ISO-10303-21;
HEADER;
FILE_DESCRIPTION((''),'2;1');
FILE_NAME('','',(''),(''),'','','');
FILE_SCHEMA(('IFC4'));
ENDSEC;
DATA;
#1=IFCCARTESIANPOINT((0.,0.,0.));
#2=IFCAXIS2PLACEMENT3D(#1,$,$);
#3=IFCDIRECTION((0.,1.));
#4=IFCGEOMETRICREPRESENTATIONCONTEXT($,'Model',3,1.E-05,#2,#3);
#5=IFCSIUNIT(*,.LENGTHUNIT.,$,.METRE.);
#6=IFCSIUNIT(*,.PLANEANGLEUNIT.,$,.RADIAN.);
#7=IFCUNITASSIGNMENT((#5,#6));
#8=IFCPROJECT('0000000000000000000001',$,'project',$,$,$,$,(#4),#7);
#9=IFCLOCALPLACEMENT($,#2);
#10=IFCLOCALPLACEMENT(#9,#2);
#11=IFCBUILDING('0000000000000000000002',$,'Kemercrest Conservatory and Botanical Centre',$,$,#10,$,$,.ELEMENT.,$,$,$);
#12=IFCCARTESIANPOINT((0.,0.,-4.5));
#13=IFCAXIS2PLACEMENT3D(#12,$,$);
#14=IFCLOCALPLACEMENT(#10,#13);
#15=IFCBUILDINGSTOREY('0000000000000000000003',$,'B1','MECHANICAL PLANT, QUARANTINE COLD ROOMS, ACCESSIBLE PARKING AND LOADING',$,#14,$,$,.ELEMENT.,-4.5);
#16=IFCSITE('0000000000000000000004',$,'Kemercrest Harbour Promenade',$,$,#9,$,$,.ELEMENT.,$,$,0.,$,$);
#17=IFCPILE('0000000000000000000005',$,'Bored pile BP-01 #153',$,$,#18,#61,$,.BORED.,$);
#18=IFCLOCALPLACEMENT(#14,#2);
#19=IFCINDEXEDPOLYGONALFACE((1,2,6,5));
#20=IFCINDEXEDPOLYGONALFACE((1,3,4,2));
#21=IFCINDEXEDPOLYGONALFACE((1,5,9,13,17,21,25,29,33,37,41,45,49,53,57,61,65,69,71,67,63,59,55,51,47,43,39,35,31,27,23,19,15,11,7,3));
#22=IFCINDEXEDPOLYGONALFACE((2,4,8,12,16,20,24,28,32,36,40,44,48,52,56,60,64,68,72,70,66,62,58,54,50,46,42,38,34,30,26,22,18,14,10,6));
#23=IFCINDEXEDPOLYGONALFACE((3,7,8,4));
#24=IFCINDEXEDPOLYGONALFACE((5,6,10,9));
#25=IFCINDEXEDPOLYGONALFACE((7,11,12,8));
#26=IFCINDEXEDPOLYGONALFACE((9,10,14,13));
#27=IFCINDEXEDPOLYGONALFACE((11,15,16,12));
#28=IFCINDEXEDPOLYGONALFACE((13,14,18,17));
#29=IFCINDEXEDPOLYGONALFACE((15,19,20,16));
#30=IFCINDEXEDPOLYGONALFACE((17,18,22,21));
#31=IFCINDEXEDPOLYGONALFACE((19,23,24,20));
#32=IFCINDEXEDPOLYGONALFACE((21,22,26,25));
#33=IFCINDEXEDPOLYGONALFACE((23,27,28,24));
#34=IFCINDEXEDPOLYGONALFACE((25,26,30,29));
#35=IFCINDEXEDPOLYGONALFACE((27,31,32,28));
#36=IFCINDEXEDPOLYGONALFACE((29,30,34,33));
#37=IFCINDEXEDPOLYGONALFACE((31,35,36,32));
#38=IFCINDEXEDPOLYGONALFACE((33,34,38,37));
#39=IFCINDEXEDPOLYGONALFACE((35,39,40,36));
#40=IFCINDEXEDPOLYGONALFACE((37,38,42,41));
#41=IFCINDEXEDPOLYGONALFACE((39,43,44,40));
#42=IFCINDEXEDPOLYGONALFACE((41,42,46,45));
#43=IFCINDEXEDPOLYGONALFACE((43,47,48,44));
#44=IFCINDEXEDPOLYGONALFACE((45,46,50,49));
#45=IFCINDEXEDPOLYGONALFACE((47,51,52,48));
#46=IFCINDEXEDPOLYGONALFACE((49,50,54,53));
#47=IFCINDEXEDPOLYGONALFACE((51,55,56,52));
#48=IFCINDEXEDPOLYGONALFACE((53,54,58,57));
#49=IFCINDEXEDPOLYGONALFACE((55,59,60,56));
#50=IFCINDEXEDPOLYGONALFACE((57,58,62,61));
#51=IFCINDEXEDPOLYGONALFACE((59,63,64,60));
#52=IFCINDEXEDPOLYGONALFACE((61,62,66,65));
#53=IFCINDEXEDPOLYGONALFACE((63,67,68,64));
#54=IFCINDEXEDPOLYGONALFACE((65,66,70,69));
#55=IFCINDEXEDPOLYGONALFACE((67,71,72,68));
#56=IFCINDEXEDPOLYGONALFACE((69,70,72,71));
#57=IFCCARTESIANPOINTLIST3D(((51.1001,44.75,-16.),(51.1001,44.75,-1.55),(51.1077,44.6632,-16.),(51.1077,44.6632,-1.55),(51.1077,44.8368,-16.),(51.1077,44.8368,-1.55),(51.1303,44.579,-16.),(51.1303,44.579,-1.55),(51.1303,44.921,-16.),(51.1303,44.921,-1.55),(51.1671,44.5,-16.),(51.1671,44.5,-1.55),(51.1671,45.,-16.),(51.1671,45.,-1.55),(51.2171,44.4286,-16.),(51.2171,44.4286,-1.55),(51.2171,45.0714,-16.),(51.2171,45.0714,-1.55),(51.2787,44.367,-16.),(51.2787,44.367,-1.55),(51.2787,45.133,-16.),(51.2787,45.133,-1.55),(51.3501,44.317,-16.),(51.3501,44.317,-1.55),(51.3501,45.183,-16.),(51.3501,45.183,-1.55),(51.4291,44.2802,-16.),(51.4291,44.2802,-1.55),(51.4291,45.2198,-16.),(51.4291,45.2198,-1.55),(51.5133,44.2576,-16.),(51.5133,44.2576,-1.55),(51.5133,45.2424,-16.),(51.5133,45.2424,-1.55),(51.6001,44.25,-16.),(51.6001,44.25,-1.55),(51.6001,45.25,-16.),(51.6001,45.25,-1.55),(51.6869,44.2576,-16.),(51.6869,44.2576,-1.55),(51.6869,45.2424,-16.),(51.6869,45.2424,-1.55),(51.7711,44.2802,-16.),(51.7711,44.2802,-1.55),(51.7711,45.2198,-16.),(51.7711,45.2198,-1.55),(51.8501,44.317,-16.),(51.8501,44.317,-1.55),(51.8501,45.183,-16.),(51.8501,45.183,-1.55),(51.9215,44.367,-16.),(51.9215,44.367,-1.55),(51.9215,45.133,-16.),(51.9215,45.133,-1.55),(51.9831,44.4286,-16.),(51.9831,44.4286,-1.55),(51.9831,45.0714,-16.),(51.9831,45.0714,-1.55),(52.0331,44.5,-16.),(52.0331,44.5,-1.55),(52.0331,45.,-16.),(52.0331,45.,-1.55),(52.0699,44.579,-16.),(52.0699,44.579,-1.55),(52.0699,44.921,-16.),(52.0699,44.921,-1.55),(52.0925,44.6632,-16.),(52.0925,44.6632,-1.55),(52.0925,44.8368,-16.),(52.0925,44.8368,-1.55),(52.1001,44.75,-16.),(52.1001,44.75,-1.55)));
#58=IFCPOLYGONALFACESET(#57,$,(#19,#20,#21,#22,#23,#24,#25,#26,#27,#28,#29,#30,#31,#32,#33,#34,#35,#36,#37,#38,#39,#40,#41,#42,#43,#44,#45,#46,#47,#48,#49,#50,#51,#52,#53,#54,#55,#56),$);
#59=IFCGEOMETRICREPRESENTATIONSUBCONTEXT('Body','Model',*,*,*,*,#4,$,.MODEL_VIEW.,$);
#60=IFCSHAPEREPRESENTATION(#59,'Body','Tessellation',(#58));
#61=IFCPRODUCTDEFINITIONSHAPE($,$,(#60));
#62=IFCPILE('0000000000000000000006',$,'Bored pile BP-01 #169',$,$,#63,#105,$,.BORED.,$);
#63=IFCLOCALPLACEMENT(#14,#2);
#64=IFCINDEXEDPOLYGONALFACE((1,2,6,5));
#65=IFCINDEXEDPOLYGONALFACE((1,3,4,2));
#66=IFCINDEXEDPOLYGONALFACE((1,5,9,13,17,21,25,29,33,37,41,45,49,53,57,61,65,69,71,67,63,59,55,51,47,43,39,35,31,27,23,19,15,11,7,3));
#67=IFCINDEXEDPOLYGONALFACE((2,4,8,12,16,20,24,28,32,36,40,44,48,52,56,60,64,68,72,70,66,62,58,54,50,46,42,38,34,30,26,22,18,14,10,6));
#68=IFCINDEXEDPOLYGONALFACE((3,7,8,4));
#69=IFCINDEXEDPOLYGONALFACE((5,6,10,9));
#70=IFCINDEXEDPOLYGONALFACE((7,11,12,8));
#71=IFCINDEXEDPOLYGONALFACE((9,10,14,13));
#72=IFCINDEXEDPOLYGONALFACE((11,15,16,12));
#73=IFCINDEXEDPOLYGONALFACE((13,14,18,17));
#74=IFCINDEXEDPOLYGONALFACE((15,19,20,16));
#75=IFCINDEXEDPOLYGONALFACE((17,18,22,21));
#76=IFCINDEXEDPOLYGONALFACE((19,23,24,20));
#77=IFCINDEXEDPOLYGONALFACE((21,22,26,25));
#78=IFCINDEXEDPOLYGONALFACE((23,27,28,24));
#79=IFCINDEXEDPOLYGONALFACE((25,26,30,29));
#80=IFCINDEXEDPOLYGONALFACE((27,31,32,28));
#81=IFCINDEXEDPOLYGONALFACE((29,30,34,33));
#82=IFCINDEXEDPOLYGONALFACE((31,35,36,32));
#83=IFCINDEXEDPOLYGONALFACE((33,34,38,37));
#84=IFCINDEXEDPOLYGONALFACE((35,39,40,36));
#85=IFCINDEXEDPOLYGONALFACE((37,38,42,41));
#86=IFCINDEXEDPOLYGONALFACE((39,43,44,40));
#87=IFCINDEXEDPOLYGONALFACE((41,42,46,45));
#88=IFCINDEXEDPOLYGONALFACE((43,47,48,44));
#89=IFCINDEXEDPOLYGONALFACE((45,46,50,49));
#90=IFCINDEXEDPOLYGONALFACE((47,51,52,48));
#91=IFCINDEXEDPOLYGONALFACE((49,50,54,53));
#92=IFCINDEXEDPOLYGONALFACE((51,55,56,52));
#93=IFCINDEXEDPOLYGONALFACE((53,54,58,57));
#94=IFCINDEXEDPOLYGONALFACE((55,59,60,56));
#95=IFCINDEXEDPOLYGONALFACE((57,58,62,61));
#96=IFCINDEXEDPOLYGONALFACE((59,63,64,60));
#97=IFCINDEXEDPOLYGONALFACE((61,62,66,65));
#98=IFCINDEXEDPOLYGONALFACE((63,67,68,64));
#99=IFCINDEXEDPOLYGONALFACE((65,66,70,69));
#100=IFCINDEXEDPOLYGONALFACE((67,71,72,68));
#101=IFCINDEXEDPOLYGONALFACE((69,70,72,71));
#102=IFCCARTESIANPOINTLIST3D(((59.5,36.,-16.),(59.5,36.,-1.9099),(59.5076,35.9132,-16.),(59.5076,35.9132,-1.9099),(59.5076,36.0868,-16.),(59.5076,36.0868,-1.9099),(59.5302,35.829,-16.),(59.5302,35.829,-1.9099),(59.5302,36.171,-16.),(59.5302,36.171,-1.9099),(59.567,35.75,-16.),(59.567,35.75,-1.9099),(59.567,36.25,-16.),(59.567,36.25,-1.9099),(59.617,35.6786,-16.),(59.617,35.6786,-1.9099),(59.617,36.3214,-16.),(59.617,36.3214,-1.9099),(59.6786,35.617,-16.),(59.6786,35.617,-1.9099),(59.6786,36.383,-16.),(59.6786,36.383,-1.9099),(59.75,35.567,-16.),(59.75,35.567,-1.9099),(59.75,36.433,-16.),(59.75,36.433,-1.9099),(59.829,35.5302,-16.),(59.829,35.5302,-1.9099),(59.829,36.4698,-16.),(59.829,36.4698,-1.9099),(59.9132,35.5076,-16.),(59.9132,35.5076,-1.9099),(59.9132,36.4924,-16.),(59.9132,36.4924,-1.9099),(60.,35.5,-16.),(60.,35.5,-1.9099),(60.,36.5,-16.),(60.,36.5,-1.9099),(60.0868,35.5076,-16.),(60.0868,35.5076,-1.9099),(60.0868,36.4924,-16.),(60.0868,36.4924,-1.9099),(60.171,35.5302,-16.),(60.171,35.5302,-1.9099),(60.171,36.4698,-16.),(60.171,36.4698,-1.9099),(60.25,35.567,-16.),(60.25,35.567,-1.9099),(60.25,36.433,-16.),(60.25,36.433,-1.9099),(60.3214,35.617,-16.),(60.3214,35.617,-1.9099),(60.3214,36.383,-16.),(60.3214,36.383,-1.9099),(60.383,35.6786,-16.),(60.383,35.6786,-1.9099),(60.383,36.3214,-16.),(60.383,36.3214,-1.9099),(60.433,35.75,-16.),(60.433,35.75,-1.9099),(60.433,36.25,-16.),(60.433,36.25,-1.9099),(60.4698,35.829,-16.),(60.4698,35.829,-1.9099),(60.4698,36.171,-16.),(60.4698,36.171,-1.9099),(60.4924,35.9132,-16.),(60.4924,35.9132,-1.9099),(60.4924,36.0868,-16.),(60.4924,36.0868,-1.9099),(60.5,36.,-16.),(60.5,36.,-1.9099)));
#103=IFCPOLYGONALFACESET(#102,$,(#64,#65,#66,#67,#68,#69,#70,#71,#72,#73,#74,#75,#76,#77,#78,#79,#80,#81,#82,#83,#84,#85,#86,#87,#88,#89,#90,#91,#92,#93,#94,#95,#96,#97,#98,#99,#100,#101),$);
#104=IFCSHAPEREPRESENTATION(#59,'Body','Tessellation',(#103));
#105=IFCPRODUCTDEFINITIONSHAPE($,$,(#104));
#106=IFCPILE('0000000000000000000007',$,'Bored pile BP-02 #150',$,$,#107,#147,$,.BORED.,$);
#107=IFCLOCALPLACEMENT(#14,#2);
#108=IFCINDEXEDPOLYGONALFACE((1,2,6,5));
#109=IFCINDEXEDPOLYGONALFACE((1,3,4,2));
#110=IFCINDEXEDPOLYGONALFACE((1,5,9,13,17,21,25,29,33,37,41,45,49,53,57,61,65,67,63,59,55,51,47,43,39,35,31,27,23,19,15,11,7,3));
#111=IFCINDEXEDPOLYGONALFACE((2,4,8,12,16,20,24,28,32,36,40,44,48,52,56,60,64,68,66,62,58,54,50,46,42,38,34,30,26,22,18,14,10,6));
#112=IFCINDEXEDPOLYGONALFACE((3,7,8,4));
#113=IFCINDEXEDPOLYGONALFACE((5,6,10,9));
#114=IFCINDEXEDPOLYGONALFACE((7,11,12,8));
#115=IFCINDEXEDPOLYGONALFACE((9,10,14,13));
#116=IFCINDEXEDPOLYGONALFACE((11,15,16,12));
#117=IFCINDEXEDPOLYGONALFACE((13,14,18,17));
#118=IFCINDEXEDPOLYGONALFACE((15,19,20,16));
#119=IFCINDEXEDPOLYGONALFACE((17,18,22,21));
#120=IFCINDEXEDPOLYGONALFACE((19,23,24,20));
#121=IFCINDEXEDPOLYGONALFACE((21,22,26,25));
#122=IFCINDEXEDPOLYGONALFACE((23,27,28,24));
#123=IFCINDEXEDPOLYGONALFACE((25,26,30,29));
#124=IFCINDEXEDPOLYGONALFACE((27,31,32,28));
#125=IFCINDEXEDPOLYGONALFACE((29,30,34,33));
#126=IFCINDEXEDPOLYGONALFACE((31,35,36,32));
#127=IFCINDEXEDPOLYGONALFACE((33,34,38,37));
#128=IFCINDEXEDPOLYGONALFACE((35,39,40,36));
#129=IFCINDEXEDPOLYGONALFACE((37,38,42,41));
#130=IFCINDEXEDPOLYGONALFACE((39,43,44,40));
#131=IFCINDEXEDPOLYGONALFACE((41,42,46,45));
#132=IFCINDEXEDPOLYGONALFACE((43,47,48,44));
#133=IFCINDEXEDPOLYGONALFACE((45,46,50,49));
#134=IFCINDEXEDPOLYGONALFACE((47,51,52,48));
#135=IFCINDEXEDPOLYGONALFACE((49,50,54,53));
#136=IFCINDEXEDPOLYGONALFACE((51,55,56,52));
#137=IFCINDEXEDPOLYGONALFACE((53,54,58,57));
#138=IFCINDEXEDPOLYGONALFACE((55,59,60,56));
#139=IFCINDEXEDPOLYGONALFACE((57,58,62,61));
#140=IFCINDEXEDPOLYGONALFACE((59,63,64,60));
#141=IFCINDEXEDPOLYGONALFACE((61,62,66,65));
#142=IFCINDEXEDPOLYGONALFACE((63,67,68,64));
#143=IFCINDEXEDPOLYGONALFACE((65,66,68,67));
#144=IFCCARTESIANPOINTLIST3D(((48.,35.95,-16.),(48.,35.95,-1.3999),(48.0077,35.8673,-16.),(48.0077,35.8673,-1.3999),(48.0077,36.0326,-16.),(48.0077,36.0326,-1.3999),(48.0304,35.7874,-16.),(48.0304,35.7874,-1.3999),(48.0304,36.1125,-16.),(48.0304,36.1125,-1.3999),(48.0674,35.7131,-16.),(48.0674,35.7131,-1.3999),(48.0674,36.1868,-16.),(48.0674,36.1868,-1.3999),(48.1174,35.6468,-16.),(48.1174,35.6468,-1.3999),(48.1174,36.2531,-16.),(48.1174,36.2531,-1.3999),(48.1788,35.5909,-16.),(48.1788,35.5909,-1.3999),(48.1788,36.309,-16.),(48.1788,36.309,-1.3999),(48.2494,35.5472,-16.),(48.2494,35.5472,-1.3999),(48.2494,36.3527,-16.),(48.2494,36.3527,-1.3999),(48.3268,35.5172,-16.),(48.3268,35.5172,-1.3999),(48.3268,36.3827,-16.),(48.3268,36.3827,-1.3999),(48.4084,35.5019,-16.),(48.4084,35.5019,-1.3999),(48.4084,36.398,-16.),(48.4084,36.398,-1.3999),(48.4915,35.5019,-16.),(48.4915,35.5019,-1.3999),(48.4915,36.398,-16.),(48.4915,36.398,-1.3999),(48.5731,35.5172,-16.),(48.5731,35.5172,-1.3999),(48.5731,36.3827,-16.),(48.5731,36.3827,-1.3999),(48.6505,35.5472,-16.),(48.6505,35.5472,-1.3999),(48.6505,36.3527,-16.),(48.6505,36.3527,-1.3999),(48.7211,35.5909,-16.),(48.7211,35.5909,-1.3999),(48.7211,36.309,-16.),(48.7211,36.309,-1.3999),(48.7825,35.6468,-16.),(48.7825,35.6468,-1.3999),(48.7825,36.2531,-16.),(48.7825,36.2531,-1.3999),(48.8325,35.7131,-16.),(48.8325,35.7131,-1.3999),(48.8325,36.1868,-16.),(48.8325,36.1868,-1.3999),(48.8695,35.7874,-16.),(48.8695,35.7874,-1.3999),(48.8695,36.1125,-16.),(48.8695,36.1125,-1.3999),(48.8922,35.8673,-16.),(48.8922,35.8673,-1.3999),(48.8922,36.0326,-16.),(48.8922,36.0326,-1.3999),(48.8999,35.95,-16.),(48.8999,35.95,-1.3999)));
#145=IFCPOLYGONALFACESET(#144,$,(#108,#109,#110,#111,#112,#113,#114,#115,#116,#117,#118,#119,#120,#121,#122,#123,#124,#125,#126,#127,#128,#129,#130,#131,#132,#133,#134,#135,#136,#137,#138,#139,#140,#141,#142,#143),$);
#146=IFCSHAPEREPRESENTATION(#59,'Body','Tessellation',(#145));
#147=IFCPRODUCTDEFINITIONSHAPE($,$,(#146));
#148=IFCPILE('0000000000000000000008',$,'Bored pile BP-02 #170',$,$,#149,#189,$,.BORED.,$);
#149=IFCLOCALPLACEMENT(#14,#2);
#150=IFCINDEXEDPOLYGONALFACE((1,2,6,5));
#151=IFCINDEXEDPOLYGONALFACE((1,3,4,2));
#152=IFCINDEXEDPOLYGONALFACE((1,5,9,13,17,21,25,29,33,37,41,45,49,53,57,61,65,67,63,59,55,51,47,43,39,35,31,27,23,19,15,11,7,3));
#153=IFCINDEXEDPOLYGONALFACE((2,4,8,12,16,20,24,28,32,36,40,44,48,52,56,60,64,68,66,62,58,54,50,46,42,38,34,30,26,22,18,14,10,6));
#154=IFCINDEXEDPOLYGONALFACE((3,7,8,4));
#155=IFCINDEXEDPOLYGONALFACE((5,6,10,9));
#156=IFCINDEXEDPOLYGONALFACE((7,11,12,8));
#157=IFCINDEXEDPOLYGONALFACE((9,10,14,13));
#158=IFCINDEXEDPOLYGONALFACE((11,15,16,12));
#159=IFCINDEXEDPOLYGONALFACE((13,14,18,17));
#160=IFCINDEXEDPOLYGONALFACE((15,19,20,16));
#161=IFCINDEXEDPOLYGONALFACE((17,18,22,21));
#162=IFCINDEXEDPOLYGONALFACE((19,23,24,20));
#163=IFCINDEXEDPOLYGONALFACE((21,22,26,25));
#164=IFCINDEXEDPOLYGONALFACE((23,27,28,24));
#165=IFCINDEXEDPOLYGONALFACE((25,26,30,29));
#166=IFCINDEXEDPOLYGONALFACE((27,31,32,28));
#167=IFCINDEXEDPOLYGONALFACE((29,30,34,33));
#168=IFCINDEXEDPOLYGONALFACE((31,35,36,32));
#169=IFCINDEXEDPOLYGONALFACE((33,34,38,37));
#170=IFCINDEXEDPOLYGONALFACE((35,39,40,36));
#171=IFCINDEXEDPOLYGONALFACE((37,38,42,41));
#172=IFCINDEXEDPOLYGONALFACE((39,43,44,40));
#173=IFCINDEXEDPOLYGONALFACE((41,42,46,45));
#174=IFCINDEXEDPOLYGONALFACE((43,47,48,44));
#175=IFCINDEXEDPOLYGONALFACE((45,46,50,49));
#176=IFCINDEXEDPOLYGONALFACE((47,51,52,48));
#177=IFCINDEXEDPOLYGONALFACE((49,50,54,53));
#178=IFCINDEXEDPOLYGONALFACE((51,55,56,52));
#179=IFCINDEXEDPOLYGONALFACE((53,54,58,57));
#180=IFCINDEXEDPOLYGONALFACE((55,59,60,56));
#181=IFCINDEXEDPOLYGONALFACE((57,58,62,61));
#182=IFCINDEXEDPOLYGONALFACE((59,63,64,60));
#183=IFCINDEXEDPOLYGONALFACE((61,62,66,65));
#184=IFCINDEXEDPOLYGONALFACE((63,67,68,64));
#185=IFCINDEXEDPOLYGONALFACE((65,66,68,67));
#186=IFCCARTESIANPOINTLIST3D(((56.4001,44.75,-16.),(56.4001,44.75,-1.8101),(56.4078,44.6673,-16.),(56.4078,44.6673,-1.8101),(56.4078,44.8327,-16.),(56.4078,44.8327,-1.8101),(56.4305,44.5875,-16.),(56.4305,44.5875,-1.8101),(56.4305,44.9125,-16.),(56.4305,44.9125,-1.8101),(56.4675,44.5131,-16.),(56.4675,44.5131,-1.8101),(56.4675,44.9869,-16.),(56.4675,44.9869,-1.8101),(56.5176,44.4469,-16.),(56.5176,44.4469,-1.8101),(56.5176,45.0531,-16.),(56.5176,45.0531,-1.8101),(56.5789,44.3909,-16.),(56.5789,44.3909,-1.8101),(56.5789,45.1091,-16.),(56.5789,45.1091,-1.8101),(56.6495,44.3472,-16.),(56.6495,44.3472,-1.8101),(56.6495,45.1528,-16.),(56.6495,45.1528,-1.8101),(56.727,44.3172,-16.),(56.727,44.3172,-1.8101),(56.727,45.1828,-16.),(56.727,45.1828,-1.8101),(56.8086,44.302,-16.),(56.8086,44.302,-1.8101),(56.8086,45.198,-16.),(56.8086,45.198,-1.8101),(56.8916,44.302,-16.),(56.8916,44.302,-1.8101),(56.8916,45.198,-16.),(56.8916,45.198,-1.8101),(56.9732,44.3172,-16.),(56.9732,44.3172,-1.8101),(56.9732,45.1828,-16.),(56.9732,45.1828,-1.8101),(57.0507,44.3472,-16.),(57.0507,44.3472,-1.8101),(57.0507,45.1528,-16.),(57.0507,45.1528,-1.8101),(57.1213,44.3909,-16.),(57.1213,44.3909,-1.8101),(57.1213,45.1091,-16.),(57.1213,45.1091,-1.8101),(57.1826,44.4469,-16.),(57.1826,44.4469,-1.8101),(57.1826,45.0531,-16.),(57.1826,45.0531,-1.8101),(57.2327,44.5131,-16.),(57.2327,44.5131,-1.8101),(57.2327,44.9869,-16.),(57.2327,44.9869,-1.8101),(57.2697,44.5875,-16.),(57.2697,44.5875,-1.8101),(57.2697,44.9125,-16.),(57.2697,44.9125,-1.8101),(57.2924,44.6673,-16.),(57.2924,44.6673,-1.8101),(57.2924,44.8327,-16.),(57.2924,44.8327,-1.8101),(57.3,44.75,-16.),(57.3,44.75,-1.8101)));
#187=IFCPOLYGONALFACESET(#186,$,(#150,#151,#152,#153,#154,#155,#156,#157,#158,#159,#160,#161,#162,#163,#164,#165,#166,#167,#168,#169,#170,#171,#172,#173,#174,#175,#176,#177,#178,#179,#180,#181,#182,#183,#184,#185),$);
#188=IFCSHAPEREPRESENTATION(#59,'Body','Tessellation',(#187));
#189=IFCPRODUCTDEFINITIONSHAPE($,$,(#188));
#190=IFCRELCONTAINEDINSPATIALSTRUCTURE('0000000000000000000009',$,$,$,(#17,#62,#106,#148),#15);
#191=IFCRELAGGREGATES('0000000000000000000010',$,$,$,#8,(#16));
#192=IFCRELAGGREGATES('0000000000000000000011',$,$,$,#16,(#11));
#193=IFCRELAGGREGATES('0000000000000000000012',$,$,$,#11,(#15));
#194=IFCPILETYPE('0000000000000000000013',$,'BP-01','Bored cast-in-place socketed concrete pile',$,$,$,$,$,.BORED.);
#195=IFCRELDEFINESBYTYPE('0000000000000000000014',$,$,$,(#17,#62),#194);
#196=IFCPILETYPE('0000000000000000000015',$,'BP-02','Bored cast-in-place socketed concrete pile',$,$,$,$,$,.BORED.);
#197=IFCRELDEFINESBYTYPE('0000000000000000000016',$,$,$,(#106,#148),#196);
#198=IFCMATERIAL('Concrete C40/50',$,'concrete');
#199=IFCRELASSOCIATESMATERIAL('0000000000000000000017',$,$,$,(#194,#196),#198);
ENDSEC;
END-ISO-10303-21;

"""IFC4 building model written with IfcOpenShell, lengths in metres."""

from ifc_helpers import new_model, si_unit, direction, frame, origin, origin_2d, place, context, subcontext, project, spatial, circle, extrude, material, material_profile, profile_set, type_object, element, save


model = new_model("IFC4")

# Units and contexts
model_context = context("Model", 3, precision=1e-05, world=origin(), true_north=direction((0.0, 1.0)))
body_context = subcontext(model_context, "Body", "Model", "MODEL_VIEW")
ifc_project = project(units=[si_unit("LENGTHUNIT", "METRE"), si_unit("PLANEANGLEUNIT", "RADIAN")], contexts=[model_context])

# Site, building, storey
site_placement = place(None, origin())
site = spatial("IfcSite", under=ifc_project, at=site_placement, Name="Kemercrest Harbour Promenade", CompositionType="ELEMENT", RefElevation=0.0)
building_placement = place(site_placement, origin())
building = spatial("IfcBuilding", under=site, at=building_placement, Name="Kemercrest Conservatory and Botanical Centre", CompositionType="ELEMENT")
storey_placement = place(building_placement, frame((0.0, 0.0, -4.5)))
storey = spatial("IfcBuildingStorey", under=building, at=storey_placement, Name="B1", Description="MECHANICAL PLANT, QUARANTINE COLD ROOMS, ACCESSIBLE PARKING AND LOADING", CompositionType="ELEMENT", Elevation=-4.5)

# Piles
ifc_material_1 = material(Name="Concrete C40/50", Category="concrete")
ifc_material_profile_1 = material_profile(ifc_material_1, circle(Radius=0.5, at=origin_2d()), Name="BORED PILE 1000")
ifc_profile_set_1 = profile_set([ifc_material_profile_1], Name="Concrete C40/50")
pile_type_1 = type_object("IfcPileType", Name="BP-01", Description="Bored cast-in-place socketed concrete pile", PredefinedType="BORED", material=ifc_profile_set_1)
for number, where, z_axis, x_axis, name in (
    (1, (51.6001, 44.75, -1.55), (0.0, 0.0, -1.0), (1.0, 0.0, 0.0), "Bored pile BP-01 #153"),
):
    element("IfcPile", number, at=place(storey_placement, frame(where, z_axis=z_axis, x_axis=x_axis)), inside=storey, type_object=pile_type_1, Name=name, PredefinedType="BORED", context=body_context, shape_type="SweptSolid", body=[
        extrude(circle(Radius=0.5, at=origin_2d()), origin(), (0.0, 0.0, 1.0), 14.45),
    ])
pile_1_placement = place(storey_placement, frame((60.0, 36.0, -1.9099), z_axis=(0.0, 0.0, -1.0), x_axis=(1.0, 0.0, 0.0)))
element("IfcPile", 2, at=pile_1_placement, inside=storey, type_object=pile_type_1, Name="Bored pile BP-01 #169", PredefinedType="BORED", context=body_context, shape_type="SweptSolid", body=[
    extrude(circle(Radius=0.5, at=origin_2d()), origin(), (0.0, 0.0, 1.0), 14.0901),
])
ifc_material_profile_2 = material_profile(ifc_material_1, circle(Radius=0.45, at=origin_2d()), Name="BORED PILE 900")
ifc_profile_set_2 = profile_set([ifc_material_profile_2], Name="Concrete C40/50")
pile_type_2 = type_object("IfcPileType", Name="BP-02", Description="Bored cast-in-place socketed concrete pile", PredefinedType="BORED", material=ifc_profile_set_2)
pile_2_placement = place(storey_placement, frame((48.45, 35.95, -1.3999), z_axis=(0.0, 0.0, -1.0), x_axis=(1.0, 0.0, 0.0)))
element("IfcPile", 3, at=pile_2_placement, inside=storey, type_object=pile_type_2, Name="Bored pile BP-02 #150", PredefinedType="BORED", context=body_context, shape_type="SweptSolid", body=[
    extrude(circle(Radius=0.45, at=origin_2d()), origin(), (0.0, 0.0, 1.0), 14.6001),
])
for number, where, z_axis, x_axis, name in (
    (4, (56.8501, 44.75, -1.8101), (0.0, 0.0, -1.0), (1.0, 0.0, 0.0), "Bored pile BP-02 #170"),
):
    element("IfcPile", number, at=place(storey_placement, frame(where, z_axis=z_axis, x_axis=x_axis)), inside=storey, type_object=pile_type_2, Name=name, PredefinedType="BORED", context=body_context, shape_type="SweptSolid", body=[
        extrude(circle(Radius=0.45, at=origin_2d()), origin(), (0.0, 0.0, 1.0), 14.1899),
    ])

save(model, "model.ifc")
